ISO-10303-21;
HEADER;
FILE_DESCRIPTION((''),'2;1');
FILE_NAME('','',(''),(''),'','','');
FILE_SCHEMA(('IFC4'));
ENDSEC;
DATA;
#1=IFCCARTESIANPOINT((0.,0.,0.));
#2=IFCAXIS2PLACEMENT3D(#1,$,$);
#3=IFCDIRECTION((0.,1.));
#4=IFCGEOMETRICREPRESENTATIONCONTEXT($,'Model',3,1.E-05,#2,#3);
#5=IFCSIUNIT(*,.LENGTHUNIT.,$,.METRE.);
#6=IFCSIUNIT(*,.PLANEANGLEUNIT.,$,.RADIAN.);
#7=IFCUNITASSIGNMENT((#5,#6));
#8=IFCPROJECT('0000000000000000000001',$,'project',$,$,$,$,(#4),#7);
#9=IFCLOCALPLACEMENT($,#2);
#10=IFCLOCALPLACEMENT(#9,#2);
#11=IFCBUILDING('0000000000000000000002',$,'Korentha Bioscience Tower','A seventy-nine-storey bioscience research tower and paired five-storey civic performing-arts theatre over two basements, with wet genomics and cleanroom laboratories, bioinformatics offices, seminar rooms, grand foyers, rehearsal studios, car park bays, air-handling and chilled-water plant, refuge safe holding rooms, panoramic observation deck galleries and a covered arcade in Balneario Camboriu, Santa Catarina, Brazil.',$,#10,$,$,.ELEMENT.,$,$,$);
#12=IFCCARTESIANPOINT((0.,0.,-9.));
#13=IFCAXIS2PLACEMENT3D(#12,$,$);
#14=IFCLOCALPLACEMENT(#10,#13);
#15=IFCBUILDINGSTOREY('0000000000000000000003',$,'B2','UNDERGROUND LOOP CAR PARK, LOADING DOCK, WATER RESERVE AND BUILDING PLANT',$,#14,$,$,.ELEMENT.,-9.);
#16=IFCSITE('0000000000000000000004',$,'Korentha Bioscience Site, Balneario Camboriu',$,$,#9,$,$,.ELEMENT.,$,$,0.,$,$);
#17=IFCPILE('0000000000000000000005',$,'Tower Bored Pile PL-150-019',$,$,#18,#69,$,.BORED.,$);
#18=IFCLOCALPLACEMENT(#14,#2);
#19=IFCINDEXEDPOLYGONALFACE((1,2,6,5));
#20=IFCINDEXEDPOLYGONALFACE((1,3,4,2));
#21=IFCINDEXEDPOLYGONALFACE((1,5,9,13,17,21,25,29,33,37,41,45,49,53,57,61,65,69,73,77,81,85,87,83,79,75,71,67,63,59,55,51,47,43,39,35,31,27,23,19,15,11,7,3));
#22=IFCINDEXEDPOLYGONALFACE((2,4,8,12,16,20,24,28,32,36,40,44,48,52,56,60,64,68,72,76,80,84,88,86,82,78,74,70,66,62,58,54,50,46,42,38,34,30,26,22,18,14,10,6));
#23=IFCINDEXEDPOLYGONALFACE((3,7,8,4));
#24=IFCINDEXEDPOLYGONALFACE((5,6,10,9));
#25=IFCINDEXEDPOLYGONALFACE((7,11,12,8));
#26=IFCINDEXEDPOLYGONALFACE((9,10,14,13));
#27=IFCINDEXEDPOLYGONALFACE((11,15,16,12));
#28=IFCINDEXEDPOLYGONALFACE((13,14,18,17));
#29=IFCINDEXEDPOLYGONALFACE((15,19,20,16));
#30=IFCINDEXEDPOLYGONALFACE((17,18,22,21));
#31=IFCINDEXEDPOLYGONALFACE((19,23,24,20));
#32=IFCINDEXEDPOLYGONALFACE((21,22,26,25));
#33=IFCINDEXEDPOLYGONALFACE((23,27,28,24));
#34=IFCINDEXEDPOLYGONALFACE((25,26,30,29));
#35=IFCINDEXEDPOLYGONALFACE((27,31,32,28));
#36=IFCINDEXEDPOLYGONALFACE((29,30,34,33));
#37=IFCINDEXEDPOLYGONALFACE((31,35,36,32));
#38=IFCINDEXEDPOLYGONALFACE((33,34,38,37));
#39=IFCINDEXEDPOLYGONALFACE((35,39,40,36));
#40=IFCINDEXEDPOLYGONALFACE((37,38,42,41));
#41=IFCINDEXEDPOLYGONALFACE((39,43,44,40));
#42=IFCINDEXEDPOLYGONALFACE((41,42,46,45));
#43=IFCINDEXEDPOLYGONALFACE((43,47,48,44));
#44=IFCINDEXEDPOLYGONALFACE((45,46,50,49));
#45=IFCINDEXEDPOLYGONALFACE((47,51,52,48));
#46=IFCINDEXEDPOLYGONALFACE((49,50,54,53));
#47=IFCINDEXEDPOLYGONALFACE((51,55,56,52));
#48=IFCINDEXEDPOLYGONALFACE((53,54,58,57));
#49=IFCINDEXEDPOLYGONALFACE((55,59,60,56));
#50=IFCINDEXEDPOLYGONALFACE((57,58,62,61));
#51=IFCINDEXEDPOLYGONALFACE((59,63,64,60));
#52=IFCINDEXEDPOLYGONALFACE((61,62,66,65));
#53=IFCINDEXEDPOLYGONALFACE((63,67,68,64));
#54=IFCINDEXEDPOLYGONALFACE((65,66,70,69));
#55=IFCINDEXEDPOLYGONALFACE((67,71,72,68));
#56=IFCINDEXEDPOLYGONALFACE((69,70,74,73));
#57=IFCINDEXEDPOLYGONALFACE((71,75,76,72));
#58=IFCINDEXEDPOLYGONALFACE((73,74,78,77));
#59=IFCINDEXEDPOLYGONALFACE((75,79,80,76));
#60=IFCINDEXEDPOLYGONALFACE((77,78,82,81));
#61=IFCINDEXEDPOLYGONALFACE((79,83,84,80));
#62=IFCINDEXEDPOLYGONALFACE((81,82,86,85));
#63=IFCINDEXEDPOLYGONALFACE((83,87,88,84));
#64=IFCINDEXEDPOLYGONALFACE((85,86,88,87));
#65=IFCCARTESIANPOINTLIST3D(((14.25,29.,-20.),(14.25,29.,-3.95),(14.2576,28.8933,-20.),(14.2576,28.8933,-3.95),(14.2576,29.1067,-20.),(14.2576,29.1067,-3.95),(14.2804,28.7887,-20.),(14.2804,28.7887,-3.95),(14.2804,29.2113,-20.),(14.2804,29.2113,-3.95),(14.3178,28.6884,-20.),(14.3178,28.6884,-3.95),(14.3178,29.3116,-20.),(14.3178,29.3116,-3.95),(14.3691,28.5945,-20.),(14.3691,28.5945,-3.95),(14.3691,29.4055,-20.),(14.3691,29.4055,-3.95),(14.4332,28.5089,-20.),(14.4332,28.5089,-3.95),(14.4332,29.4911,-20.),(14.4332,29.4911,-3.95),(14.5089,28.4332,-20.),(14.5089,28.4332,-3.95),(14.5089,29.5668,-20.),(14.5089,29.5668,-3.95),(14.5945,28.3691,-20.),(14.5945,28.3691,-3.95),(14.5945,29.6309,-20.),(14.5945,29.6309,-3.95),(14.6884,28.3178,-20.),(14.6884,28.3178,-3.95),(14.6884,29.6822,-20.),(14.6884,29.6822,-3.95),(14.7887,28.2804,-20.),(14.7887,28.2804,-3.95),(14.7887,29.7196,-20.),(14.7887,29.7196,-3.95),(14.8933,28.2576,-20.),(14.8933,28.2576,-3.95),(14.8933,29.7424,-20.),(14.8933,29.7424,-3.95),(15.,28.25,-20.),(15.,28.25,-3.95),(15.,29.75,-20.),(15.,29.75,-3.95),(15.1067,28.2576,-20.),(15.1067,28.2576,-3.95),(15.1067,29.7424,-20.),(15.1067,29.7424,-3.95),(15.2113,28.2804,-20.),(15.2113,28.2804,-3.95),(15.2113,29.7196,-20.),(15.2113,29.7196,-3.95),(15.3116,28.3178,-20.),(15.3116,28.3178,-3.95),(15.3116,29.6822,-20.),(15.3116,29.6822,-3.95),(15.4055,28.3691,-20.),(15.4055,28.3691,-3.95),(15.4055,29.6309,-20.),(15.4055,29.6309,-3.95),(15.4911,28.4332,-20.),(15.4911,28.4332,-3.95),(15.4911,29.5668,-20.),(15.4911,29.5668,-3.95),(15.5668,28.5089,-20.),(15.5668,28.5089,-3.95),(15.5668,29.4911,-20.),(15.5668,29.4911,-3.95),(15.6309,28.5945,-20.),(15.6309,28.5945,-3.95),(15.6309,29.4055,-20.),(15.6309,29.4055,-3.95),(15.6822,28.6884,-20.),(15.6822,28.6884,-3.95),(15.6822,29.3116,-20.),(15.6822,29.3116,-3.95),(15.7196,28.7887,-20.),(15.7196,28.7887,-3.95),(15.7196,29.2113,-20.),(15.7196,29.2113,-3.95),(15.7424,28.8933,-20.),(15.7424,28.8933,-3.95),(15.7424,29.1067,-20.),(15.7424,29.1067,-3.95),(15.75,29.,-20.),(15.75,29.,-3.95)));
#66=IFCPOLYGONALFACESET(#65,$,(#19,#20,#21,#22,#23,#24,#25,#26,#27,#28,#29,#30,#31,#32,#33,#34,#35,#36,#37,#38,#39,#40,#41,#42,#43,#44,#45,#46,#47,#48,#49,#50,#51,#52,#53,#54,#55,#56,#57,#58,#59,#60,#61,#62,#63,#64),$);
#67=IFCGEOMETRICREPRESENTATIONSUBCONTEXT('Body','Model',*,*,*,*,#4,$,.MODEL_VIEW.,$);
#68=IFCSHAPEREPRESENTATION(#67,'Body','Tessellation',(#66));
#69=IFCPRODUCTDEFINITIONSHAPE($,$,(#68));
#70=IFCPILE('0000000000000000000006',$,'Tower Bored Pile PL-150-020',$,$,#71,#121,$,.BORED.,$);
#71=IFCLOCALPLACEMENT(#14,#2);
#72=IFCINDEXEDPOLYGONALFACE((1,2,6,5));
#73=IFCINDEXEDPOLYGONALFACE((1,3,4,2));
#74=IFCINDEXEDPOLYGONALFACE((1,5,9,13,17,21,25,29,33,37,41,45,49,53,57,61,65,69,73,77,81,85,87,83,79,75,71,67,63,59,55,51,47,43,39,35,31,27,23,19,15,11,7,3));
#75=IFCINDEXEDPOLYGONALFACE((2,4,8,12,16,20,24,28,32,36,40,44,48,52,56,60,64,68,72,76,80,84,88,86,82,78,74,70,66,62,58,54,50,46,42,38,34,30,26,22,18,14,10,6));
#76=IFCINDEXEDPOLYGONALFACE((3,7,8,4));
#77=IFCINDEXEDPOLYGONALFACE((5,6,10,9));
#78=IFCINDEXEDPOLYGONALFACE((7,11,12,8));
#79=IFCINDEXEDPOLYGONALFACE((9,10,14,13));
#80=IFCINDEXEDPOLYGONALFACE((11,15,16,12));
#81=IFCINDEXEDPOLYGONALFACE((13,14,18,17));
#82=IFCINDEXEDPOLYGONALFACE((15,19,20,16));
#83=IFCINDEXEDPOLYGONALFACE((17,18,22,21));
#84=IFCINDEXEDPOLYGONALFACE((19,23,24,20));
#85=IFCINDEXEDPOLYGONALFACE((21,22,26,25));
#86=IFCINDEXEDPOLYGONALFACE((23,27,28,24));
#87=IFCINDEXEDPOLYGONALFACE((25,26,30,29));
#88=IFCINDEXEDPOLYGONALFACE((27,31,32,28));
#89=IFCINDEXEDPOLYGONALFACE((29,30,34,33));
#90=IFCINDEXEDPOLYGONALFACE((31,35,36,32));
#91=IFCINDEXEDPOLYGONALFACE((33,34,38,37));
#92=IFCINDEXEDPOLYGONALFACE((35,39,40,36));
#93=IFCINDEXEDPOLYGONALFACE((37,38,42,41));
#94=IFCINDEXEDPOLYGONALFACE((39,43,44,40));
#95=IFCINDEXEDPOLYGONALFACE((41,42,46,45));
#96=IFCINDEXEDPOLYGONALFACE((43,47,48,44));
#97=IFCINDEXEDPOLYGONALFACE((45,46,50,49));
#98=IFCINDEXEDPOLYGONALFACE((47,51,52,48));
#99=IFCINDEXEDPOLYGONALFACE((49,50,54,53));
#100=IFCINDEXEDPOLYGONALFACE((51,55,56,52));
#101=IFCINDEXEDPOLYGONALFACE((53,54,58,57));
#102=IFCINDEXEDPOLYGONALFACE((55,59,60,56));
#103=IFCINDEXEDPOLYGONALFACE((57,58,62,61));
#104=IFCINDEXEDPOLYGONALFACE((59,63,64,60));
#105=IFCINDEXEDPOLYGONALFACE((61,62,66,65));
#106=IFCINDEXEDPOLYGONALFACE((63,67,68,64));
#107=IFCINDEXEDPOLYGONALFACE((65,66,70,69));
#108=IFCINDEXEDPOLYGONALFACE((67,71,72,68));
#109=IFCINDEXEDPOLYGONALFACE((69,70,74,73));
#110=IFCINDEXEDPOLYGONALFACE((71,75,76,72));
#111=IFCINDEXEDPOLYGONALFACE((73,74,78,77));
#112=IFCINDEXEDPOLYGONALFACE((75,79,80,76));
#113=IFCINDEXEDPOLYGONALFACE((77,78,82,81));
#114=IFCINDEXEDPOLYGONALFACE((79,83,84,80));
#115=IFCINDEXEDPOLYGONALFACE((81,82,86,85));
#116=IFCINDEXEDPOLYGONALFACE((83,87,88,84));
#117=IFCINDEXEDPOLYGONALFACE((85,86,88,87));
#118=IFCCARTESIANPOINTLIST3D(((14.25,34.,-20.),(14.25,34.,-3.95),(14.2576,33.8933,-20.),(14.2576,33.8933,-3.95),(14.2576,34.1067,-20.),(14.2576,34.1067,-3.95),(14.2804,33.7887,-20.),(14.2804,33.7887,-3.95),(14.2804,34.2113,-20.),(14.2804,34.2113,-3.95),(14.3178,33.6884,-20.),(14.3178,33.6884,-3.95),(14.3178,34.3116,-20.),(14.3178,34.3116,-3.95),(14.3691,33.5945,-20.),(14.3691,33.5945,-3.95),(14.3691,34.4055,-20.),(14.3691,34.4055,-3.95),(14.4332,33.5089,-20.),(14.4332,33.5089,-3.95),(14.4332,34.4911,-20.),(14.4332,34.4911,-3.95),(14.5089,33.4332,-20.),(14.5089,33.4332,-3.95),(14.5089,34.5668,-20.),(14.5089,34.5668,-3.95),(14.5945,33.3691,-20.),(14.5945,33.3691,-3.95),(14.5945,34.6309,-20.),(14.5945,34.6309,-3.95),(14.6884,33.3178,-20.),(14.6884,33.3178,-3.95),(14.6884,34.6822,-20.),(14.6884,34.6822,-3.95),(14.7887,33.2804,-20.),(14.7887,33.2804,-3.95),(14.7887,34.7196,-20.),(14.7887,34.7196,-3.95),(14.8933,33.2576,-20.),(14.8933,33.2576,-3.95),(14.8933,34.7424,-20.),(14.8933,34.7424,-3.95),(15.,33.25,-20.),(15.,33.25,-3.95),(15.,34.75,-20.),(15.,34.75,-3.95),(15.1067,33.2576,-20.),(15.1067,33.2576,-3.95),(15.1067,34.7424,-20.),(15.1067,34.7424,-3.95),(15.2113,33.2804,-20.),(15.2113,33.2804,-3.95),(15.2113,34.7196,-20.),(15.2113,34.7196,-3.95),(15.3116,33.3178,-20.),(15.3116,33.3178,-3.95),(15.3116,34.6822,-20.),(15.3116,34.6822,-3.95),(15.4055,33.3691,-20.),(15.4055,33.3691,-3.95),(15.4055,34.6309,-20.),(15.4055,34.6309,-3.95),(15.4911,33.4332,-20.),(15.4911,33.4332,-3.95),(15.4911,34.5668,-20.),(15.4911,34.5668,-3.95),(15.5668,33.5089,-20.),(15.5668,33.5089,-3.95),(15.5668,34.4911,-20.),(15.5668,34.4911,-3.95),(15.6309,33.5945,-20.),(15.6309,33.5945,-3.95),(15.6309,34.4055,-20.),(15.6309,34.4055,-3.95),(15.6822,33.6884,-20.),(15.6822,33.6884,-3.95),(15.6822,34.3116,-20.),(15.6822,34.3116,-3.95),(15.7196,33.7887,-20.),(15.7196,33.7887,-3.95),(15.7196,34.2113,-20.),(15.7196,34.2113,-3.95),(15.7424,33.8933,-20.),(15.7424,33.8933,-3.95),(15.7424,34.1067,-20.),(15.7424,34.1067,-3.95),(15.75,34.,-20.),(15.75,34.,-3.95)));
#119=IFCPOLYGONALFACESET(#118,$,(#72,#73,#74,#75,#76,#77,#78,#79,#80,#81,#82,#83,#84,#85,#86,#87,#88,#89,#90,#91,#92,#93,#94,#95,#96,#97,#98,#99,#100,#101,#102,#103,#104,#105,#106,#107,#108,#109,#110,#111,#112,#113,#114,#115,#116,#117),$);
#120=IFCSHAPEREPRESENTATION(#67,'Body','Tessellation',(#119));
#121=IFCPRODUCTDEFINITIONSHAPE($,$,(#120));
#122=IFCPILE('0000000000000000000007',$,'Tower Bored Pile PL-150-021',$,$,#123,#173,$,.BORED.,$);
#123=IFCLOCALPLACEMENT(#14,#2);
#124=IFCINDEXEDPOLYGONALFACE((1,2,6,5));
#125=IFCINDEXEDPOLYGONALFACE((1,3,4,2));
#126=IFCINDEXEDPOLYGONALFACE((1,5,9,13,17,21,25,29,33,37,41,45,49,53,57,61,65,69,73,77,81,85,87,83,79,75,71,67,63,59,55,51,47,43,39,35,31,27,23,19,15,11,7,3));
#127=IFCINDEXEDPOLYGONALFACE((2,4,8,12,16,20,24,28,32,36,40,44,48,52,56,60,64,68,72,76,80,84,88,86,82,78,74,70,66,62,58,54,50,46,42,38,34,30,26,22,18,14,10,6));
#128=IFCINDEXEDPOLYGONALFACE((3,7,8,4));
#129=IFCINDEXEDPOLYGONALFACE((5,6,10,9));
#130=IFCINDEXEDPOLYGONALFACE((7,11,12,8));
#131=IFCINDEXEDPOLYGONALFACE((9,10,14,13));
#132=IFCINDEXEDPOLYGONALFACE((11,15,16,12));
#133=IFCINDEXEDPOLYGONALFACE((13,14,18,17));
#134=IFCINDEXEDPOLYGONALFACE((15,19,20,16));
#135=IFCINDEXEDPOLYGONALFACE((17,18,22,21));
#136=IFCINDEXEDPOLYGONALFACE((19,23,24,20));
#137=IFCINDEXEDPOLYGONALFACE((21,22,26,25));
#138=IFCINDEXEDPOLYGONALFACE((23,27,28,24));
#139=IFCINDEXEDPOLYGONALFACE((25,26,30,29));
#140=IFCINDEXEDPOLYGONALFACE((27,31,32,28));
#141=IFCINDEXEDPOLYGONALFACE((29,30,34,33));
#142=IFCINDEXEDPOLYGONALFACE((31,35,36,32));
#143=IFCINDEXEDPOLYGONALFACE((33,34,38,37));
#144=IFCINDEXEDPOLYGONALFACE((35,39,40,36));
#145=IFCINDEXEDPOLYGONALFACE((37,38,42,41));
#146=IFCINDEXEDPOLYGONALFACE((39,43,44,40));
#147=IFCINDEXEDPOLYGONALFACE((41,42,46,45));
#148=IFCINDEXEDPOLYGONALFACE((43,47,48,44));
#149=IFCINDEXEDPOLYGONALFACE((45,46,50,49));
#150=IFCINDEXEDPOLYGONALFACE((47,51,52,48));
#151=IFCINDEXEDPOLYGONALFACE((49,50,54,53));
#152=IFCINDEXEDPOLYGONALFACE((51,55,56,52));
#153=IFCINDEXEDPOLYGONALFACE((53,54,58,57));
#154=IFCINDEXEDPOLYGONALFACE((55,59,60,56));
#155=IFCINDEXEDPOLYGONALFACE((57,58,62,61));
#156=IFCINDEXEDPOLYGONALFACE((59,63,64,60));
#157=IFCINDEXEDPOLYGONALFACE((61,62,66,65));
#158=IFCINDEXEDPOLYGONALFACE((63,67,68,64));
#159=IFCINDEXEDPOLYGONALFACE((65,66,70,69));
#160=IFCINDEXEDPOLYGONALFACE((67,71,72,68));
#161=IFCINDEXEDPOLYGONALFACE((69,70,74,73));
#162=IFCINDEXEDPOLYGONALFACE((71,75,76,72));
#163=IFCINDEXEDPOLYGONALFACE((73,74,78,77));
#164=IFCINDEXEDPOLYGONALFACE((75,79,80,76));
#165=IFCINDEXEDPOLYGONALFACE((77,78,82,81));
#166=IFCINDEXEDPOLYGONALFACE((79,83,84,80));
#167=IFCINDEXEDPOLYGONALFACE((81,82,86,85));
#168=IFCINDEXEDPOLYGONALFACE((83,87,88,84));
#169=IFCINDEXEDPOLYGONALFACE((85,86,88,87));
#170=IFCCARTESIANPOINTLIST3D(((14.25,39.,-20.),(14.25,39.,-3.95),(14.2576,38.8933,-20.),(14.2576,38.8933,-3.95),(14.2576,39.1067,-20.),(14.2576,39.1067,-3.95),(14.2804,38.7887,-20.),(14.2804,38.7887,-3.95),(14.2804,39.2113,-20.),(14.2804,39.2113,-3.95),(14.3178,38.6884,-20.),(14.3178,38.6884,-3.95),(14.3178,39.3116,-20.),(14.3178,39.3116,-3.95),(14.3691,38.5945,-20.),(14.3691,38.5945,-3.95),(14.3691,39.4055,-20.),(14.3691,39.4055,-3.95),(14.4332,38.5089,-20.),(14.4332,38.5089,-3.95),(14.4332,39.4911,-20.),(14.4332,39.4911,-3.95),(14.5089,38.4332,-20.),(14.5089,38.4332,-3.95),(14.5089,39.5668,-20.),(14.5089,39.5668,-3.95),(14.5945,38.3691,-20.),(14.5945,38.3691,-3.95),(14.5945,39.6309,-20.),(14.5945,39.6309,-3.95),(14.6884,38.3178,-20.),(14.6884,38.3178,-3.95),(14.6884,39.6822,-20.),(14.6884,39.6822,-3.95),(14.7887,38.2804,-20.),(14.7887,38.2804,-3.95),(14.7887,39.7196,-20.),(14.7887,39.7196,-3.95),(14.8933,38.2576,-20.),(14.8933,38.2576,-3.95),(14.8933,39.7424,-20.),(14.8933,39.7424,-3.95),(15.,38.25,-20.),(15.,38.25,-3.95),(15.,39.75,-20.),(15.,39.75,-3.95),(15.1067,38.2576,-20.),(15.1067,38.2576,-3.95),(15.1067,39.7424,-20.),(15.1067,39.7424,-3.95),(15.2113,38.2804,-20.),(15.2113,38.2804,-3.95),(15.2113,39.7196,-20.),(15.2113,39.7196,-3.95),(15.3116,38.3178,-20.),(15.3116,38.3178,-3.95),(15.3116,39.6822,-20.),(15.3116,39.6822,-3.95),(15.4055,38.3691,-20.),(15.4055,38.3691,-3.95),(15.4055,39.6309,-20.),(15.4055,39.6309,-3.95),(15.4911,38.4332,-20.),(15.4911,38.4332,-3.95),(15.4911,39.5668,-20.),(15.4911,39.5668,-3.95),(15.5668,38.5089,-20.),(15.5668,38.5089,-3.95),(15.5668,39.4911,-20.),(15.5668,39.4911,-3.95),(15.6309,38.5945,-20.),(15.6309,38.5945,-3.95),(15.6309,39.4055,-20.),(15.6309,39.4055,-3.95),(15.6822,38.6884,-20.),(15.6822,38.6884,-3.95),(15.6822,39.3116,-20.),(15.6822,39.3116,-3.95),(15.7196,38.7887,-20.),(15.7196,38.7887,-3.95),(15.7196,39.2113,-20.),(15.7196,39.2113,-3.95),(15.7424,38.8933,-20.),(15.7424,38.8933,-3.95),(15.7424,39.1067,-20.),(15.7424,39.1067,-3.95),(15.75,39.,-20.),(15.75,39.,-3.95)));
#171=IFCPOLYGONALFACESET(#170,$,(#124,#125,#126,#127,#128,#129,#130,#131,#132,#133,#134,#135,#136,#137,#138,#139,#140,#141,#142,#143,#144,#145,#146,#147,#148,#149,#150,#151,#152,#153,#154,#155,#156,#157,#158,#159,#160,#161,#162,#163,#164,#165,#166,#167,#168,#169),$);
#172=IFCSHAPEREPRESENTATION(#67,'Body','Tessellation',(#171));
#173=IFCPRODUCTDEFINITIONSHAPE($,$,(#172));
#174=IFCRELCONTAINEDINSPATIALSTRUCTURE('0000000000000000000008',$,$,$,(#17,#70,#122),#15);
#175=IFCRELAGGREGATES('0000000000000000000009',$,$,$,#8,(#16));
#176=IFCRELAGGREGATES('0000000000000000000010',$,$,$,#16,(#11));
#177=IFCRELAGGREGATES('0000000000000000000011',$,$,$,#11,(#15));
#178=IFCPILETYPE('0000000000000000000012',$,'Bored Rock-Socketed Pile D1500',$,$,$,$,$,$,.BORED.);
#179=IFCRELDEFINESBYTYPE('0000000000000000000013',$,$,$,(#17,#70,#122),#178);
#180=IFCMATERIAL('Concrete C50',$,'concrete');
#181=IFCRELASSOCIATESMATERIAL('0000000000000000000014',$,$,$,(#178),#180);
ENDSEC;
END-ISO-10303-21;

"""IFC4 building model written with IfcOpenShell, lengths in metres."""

from ifc_helpers import new_model, si_unit, direction, frame, origin, origin_2d, place, context, subcontext, project, spatial, circle, extrude, material, material_profile, profile_set, type_object, element, save


model = new_model("IFC4")

# Units and contexts
model_context = context("Model", 3, precision=1e-05, world=origin(), true_north=direction((0.0, 1.0)))
body_context = subcontext(model_context, "Body", "Model", "MODEL_VIEW")
ifc_project = project(units=[si_unit("LENGTHUNIT", "METRE"), si_unit("PLANEANGLEUNIT", "RADIAN")], contexts=[model_context])

# Site, building, storey
site_placement = place(None, origin())
site = spatial("IfcSite", under=ifc_project, at=site_placement, Name="Korentha Bioscience Site, Balneario Camboriu", CompositionType="ELEMENT", RefElevation=0.0)
building_placement = place(site_placement, origin())
building = spatial("IfcBuilding", under=site, at=building_placement, Name="Korentha Bioscience Tower", Description="A seventy-nine-storey bioscience research tower and paired five-storey civic performing-arts theatre over two basements, with wet genomics and cleanroom laboratories, bioinformatics offices, seminar rooms, grand foyers, rehearsal studios, car park bays, air-handling and chilled-water plant, refuge safe holding rooms, panoramic observation deck galleries and a covered arcade in Balneario Camboriu, Santa Catarina, Brazil.", CompositionType="ELEMENT")
storey_placement = place(building_placement, frame((0.0, 0.0, -9.0)))
storey = spatial("IfcBuildingStorey", under=building, at=storey_placement, Name="B2", Description="UNDERGROUND LOOP CAR PARK, LOADING DOCK, WATER RESERVE AND BUILDING PLANT", CompositionType="ELEMENT", Elevation=-9.0)

# Piles
ifc_material_1 = material(Name="Concrete C50", Category="concrete")
ifc_material_profile_1 = material_profile(ifc_material_1, circle(Radius=0.75, at=origin_2d()), Name="Concrete C50")
ifc_profile_set_1 = profile_set([ifc_material_profile_1], Name="Concrete C50 (PL-150)")
pile_type = type_object("IfcPileType", Name="Bored Rock-Socketed Pile D1500", PredefinedType="BORED", material=ifc_profile_set_1)
for number, where, z_axis, x_axis, name in (
    (1, (15.0, 29.0, -3.95), (0.0, 0.0, -1.0), (1.0, 0.0, 0.0), "Tower Bored Pile PL-150-019"),
    (2, (15.0, 34.0, -3.95), (0.0, 0.0, -1.0), (1.0, 0.0, 0.0), "Tower Bored Pile PL-150-020"),
    (3, (15.0, 39.0, -3.95), (0.0, 0.0, -1.0), (1.0, 0.0, 0.0), "Tower Bored Pile PL-150-021"),
):
    element("IfcPile", number, at=place(storey_placement, frame(where, z_axis=z_axis, x_axis=x_axis)), inside=storey, type_object=pile_type, Name=name, PredefinedType="BORED", context=body_context, shape_type="SweptSolid", body=[
        extrude(circle(Radius=0.75, at=origin_2d()), origin(), (0.0, 0.0, 1.0), 16.05),
    ])

save(model, "model.ifc")
